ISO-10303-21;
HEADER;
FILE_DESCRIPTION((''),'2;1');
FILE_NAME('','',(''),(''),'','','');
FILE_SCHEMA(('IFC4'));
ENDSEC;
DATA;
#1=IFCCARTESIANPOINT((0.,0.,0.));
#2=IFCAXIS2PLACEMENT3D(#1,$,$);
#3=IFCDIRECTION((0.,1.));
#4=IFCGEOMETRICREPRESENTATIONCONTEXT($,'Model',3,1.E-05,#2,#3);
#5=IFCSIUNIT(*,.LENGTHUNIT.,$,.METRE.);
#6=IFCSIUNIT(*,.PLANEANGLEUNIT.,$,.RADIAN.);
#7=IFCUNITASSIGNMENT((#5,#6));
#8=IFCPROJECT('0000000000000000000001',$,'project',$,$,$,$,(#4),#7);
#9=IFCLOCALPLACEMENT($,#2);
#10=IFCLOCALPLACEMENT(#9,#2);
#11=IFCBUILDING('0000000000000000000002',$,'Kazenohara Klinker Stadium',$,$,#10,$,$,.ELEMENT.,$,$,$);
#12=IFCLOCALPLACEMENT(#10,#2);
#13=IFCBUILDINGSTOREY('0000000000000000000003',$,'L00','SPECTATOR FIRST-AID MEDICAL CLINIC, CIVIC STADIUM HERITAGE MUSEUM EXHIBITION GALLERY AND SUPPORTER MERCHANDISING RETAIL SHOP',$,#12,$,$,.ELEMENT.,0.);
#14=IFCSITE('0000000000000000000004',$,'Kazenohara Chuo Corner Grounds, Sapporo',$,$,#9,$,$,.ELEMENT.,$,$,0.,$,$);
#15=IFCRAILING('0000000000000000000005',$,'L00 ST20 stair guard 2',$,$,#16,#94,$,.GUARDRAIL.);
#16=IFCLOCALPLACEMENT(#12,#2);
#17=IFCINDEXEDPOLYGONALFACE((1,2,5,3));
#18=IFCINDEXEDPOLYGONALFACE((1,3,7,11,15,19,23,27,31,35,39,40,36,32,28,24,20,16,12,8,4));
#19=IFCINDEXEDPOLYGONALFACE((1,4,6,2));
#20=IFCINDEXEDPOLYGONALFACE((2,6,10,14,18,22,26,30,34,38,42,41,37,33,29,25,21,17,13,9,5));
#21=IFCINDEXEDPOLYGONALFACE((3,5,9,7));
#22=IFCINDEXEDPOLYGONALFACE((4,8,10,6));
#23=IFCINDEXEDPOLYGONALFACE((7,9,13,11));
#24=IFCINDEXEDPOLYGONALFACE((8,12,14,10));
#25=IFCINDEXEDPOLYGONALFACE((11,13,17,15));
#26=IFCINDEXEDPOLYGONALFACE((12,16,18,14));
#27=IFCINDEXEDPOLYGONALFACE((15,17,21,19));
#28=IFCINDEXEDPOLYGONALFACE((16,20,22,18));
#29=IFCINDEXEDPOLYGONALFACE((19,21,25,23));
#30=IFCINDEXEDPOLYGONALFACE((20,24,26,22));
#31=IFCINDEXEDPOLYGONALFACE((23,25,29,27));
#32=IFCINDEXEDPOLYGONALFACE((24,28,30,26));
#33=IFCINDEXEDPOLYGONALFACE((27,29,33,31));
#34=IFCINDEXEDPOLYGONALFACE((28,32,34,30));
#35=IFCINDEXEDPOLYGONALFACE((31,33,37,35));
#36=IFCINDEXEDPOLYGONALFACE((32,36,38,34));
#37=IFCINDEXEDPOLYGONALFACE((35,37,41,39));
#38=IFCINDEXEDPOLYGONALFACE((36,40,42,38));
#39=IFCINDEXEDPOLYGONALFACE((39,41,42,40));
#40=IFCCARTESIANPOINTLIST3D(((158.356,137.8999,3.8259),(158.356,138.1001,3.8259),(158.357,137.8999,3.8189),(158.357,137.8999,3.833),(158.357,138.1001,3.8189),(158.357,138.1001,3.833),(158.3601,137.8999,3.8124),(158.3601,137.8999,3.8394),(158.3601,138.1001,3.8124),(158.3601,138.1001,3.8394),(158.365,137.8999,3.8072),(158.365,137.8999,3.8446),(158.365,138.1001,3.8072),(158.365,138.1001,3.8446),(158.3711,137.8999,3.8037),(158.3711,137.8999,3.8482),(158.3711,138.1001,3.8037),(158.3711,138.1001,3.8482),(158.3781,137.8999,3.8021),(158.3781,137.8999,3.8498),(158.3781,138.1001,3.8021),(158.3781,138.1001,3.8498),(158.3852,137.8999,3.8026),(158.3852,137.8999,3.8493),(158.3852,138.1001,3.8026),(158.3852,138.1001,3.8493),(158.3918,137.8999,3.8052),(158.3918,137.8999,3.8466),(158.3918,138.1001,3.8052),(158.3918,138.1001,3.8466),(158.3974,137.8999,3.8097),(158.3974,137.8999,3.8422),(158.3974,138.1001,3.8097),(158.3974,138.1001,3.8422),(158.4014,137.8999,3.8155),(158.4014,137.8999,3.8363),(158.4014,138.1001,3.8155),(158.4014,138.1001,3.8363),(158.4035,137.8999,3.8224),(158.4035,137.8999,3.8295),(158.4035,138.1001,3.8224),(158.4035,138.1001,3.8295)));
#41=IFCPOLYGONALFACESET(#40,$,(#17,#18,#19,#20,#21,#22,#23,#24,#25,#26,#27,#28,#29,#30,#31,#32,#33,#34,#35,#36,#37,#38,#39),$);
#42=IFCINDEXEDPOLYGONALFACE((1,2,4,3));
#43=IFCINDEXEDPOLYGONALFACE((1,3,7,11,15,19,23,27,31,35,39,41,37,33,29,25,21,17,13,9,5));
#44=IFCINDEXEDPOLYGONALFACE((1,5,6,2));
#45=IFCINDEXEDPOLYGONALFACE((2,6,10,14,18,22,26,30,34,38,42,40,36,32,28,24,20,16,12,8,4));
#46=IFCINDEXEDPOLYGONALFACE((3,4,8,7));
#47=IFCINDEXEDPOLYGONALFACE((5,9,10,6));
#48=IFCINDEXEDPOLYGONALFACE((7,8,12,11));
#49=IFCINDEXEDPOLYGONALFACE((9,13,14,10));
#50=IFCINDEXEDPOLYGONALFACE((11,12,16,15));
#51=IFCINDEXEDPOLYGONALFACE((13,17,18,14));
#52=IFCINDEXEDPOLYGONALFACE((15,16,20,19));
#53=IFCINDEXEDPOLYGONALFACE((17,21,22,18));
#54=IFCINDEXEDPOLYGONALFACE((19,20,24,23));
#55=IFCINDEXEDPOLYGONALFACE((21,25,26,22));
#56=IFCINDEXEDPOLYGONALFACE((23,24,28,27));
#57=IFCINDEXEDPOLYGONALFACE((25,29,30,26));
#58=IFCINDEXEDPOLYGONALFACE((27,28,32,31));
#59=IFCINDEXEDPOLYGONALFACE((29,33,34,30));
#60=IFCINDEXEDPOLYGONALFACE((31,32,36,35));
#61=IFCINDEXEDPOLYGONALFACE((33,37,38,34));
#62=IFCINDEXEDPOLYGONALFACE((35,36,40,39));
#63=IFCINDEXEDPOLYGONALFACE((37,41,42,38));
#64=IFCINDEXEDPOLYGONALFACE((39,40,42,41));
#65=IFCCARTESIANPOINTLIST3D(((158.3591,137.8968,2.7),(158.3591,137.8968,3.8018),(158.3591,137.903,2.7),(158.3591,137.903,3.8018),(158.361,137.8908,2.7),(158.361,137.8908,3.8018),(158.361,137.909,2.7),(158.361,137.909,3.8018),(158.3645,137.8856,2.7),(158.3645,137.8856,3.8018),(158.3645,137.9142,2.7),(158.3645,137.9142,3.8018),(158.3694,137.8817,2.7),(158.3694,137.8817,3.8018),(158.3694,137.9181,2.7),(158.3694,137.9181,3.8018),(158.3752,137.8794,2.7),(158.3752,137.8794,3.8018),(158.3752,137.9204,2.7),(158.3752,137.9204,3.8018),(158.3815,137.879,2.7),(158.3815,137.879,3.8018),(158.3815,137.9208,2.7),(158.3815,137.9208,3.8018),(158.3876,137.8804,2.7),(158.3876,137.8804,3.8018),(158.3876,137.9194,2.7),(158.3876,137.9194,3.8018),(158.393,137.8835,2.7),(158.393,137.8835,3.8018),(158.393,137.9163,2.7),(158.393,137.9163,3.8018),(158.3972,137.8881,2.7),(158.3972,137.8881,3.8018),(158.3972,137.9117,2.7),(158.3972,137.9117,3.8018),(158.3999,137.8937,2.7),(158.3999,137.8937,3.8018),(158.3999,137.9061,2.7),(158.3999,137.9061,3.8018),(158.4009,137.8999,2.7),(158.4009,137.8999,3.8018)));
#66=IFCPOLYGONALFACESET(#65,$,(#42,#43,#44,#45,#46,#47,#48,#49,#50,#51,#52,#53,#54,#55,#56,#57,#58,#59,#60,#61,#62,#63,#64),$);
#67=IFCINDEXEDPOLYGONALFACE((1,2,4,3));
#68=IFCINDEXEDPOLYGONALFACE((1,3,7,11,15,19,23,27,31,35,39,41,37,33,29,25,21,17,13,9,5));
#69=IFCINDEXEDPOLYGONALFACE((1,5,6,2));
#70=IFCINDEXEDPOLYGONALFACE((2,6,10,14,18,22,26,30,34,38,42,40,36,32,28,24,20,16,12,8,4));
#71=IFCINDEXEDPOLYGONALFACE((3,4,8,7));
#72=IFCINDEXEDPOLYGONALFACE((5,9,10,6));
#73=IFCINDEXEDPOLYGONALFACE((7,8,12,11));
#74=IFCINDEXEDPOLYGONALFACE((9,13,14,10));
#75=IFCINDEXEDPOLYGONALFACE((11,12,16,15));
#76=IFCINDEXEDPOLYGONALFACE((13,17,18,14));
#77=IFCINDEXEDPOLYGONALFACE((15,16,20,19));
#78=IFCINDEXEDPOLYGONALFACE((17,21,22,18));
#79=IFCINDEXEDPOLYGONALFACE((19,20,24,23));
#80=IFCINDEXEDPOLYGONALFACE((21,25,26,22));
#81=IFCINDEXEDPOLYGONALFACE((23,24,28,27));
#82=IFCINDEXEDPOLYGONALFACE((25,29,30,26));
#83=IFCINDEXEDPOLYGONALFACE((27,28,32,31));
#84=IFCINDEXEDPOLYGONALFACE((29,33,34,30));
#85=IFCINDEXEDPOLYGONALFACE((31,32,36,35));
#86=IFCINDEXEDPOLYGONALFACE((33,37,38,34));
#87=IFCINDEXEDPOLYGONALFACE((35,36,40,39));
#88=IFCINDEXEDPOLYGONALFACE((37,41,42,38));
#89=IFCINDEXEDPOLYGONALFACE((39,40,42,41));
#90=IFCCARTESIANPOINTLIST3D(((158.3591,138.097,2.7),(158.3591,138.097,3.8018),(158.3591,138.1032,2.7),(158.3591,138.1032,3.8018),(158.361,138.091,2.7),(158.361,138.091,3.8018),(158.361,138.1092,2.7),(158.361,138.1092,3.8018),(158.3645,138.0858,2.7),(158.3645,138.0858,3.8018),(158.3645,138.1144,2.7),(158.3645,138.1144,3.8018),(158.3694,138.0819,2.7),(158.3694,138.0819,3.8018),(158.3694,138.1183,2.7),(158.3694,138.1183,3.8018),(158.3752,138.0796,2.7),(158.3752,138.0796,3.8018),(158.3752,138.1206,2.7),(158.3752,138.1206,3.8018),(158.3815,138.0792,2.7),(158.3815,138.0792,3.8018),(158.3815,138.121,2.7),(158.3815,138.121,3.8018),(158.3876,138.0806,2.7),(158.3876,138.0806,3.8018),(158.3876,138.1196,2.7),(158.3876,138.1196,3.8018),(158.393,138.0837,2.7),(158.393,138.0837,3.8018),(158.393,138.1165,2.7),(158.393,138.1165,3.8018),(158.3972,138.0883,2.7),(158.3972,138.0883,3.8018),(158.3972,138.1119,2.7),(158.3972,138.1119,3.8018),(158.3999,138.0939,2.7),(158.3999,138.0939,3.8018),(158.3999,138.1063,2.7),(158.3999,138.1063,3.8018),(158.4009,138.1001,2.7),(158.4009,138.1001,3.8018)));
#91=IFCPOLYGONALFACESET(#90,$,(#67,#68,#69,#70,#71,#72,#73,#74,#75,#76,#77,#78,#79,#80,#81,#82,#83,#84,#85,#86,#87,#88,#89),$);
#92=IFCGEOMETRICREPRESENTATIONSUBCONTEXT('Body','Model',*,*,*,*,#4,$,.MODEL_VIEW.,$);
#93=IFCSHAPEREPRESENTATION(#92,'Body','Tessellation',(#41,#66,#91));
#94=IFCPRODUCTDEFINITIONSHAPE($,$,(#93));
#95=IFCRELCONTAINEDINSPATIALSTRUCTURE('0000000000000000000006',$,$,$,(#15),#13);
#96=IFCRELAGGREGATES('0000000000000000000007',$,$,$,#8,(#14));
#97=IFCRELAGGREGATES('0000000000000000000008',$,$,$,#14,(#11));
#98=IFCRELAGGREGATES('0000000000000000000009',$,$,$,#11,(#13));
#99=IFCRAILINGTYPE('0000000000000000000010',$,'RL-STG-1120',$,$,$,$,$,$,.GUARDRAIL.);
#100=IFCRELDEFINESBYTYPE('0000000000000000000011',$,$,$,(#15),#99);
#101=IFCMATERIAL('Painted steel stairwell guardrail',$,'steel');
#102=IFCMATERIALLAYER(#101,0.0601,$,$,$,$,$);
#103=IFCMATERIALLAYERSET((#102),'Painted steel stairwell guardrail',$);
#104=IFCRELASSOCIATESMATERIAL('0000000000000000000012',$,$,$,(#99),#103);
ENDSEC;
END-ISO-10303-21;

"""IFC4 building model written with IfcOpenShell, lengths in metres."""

from ifc_helpers import new_model, si_unit, direction, frame, origin, origin_2d, place, context, subcontext, project, spatial, circle, extrude, material, layer, layer_set, type_object, element, save


model = new_model("IFC4")

# Units and contexts
model_context = context("Model", 3, precision=1e-05, world=origin(), true_north=direction((0.0, 1.0)))
body_context = subcontext(model_context, "Body", "Model", "MODEL_VIEW")
ifc_project = project(units=[si_unit("LENGTHUNIT", "METRE"), si_unit("PLANEANGLEUNIT", "RADIAN")], contexts=[model_context])

# Site, building, storey
site_placement = place(None, origin())
site = spatial("IfcSite", under=ifc_project, at=site_placement, Name="Kazenohara Chuo Corner Grounds, Sapporo", CompositionType="ELEMENT", RefElevation=0.0)
building_placement = place(site_placement, origin())
building = spatial("IfcBuilding", under=site, at=building_placement, Name="Kazenohara Klinker Stadium", CompositionType="ELEMENT")
storey_placement = place(building_placement, origin())
storey = spatial("IfcBuildingStorey", under=building, at=storey_placement, Name="L00", Description="SPECTATOR FIRST-AID MEDICAL CLINIC, CIVIC STADIUM HERITAGE MUSEUM EXHIBITION GALLERY AND SUPPORTER MERCHANDISING RETAIL SHOP", CompositionType="ELEMENT", Elevation=0.0)

# Railing
ifc_material_1 = material(Name="Painted steel stairwell guardrail", Category="steel")
ifc_layer_1 = layer(ifc_material_1, 0.0601)
ifc_layer_set_1 = layer_set([ifc_layer_1], Name="Painted steel stairwell guardrail")
railing_type_1 = type_object("IfcRailingType", Name="RL-STG-1120", PredefinedType="GUARDRAIL", material=ifc_layer_set_1)
railing_1_placement = place(storey_placement, frame((158.3799, 137.8999, 2.7)))
element("IfcRailing", 1, at=railing_1_placement, inside=storey, type_object=railing_type_1, Name="L00 ST20 stair guard 2", PredefinedType="GUARDRAIL", context=body_context, shape_type="SweptSolid", body=[
    extrude(circle(Radius=0.0239, at=origin_2d()), frame((0.0, 0.0, 1.126), z_axis=(0.0, 1.0, 0.0), x_axis=(-1.0, 0.0, 0.0)), (0.0, 0.0, 1.0), 0.2002),
    extrude(circle(Radius=0.021, at=origin_2d()), origin(), (0.0, 0.0, 1.0), 1.1018),
    extrude(circle(Radius=0.021, at=origin_2d()), frame((0.0, 0.2002, 0.0)), (0.0, 0.0, 1.0), 1.1018),
])

save(model, "model.ifc")
